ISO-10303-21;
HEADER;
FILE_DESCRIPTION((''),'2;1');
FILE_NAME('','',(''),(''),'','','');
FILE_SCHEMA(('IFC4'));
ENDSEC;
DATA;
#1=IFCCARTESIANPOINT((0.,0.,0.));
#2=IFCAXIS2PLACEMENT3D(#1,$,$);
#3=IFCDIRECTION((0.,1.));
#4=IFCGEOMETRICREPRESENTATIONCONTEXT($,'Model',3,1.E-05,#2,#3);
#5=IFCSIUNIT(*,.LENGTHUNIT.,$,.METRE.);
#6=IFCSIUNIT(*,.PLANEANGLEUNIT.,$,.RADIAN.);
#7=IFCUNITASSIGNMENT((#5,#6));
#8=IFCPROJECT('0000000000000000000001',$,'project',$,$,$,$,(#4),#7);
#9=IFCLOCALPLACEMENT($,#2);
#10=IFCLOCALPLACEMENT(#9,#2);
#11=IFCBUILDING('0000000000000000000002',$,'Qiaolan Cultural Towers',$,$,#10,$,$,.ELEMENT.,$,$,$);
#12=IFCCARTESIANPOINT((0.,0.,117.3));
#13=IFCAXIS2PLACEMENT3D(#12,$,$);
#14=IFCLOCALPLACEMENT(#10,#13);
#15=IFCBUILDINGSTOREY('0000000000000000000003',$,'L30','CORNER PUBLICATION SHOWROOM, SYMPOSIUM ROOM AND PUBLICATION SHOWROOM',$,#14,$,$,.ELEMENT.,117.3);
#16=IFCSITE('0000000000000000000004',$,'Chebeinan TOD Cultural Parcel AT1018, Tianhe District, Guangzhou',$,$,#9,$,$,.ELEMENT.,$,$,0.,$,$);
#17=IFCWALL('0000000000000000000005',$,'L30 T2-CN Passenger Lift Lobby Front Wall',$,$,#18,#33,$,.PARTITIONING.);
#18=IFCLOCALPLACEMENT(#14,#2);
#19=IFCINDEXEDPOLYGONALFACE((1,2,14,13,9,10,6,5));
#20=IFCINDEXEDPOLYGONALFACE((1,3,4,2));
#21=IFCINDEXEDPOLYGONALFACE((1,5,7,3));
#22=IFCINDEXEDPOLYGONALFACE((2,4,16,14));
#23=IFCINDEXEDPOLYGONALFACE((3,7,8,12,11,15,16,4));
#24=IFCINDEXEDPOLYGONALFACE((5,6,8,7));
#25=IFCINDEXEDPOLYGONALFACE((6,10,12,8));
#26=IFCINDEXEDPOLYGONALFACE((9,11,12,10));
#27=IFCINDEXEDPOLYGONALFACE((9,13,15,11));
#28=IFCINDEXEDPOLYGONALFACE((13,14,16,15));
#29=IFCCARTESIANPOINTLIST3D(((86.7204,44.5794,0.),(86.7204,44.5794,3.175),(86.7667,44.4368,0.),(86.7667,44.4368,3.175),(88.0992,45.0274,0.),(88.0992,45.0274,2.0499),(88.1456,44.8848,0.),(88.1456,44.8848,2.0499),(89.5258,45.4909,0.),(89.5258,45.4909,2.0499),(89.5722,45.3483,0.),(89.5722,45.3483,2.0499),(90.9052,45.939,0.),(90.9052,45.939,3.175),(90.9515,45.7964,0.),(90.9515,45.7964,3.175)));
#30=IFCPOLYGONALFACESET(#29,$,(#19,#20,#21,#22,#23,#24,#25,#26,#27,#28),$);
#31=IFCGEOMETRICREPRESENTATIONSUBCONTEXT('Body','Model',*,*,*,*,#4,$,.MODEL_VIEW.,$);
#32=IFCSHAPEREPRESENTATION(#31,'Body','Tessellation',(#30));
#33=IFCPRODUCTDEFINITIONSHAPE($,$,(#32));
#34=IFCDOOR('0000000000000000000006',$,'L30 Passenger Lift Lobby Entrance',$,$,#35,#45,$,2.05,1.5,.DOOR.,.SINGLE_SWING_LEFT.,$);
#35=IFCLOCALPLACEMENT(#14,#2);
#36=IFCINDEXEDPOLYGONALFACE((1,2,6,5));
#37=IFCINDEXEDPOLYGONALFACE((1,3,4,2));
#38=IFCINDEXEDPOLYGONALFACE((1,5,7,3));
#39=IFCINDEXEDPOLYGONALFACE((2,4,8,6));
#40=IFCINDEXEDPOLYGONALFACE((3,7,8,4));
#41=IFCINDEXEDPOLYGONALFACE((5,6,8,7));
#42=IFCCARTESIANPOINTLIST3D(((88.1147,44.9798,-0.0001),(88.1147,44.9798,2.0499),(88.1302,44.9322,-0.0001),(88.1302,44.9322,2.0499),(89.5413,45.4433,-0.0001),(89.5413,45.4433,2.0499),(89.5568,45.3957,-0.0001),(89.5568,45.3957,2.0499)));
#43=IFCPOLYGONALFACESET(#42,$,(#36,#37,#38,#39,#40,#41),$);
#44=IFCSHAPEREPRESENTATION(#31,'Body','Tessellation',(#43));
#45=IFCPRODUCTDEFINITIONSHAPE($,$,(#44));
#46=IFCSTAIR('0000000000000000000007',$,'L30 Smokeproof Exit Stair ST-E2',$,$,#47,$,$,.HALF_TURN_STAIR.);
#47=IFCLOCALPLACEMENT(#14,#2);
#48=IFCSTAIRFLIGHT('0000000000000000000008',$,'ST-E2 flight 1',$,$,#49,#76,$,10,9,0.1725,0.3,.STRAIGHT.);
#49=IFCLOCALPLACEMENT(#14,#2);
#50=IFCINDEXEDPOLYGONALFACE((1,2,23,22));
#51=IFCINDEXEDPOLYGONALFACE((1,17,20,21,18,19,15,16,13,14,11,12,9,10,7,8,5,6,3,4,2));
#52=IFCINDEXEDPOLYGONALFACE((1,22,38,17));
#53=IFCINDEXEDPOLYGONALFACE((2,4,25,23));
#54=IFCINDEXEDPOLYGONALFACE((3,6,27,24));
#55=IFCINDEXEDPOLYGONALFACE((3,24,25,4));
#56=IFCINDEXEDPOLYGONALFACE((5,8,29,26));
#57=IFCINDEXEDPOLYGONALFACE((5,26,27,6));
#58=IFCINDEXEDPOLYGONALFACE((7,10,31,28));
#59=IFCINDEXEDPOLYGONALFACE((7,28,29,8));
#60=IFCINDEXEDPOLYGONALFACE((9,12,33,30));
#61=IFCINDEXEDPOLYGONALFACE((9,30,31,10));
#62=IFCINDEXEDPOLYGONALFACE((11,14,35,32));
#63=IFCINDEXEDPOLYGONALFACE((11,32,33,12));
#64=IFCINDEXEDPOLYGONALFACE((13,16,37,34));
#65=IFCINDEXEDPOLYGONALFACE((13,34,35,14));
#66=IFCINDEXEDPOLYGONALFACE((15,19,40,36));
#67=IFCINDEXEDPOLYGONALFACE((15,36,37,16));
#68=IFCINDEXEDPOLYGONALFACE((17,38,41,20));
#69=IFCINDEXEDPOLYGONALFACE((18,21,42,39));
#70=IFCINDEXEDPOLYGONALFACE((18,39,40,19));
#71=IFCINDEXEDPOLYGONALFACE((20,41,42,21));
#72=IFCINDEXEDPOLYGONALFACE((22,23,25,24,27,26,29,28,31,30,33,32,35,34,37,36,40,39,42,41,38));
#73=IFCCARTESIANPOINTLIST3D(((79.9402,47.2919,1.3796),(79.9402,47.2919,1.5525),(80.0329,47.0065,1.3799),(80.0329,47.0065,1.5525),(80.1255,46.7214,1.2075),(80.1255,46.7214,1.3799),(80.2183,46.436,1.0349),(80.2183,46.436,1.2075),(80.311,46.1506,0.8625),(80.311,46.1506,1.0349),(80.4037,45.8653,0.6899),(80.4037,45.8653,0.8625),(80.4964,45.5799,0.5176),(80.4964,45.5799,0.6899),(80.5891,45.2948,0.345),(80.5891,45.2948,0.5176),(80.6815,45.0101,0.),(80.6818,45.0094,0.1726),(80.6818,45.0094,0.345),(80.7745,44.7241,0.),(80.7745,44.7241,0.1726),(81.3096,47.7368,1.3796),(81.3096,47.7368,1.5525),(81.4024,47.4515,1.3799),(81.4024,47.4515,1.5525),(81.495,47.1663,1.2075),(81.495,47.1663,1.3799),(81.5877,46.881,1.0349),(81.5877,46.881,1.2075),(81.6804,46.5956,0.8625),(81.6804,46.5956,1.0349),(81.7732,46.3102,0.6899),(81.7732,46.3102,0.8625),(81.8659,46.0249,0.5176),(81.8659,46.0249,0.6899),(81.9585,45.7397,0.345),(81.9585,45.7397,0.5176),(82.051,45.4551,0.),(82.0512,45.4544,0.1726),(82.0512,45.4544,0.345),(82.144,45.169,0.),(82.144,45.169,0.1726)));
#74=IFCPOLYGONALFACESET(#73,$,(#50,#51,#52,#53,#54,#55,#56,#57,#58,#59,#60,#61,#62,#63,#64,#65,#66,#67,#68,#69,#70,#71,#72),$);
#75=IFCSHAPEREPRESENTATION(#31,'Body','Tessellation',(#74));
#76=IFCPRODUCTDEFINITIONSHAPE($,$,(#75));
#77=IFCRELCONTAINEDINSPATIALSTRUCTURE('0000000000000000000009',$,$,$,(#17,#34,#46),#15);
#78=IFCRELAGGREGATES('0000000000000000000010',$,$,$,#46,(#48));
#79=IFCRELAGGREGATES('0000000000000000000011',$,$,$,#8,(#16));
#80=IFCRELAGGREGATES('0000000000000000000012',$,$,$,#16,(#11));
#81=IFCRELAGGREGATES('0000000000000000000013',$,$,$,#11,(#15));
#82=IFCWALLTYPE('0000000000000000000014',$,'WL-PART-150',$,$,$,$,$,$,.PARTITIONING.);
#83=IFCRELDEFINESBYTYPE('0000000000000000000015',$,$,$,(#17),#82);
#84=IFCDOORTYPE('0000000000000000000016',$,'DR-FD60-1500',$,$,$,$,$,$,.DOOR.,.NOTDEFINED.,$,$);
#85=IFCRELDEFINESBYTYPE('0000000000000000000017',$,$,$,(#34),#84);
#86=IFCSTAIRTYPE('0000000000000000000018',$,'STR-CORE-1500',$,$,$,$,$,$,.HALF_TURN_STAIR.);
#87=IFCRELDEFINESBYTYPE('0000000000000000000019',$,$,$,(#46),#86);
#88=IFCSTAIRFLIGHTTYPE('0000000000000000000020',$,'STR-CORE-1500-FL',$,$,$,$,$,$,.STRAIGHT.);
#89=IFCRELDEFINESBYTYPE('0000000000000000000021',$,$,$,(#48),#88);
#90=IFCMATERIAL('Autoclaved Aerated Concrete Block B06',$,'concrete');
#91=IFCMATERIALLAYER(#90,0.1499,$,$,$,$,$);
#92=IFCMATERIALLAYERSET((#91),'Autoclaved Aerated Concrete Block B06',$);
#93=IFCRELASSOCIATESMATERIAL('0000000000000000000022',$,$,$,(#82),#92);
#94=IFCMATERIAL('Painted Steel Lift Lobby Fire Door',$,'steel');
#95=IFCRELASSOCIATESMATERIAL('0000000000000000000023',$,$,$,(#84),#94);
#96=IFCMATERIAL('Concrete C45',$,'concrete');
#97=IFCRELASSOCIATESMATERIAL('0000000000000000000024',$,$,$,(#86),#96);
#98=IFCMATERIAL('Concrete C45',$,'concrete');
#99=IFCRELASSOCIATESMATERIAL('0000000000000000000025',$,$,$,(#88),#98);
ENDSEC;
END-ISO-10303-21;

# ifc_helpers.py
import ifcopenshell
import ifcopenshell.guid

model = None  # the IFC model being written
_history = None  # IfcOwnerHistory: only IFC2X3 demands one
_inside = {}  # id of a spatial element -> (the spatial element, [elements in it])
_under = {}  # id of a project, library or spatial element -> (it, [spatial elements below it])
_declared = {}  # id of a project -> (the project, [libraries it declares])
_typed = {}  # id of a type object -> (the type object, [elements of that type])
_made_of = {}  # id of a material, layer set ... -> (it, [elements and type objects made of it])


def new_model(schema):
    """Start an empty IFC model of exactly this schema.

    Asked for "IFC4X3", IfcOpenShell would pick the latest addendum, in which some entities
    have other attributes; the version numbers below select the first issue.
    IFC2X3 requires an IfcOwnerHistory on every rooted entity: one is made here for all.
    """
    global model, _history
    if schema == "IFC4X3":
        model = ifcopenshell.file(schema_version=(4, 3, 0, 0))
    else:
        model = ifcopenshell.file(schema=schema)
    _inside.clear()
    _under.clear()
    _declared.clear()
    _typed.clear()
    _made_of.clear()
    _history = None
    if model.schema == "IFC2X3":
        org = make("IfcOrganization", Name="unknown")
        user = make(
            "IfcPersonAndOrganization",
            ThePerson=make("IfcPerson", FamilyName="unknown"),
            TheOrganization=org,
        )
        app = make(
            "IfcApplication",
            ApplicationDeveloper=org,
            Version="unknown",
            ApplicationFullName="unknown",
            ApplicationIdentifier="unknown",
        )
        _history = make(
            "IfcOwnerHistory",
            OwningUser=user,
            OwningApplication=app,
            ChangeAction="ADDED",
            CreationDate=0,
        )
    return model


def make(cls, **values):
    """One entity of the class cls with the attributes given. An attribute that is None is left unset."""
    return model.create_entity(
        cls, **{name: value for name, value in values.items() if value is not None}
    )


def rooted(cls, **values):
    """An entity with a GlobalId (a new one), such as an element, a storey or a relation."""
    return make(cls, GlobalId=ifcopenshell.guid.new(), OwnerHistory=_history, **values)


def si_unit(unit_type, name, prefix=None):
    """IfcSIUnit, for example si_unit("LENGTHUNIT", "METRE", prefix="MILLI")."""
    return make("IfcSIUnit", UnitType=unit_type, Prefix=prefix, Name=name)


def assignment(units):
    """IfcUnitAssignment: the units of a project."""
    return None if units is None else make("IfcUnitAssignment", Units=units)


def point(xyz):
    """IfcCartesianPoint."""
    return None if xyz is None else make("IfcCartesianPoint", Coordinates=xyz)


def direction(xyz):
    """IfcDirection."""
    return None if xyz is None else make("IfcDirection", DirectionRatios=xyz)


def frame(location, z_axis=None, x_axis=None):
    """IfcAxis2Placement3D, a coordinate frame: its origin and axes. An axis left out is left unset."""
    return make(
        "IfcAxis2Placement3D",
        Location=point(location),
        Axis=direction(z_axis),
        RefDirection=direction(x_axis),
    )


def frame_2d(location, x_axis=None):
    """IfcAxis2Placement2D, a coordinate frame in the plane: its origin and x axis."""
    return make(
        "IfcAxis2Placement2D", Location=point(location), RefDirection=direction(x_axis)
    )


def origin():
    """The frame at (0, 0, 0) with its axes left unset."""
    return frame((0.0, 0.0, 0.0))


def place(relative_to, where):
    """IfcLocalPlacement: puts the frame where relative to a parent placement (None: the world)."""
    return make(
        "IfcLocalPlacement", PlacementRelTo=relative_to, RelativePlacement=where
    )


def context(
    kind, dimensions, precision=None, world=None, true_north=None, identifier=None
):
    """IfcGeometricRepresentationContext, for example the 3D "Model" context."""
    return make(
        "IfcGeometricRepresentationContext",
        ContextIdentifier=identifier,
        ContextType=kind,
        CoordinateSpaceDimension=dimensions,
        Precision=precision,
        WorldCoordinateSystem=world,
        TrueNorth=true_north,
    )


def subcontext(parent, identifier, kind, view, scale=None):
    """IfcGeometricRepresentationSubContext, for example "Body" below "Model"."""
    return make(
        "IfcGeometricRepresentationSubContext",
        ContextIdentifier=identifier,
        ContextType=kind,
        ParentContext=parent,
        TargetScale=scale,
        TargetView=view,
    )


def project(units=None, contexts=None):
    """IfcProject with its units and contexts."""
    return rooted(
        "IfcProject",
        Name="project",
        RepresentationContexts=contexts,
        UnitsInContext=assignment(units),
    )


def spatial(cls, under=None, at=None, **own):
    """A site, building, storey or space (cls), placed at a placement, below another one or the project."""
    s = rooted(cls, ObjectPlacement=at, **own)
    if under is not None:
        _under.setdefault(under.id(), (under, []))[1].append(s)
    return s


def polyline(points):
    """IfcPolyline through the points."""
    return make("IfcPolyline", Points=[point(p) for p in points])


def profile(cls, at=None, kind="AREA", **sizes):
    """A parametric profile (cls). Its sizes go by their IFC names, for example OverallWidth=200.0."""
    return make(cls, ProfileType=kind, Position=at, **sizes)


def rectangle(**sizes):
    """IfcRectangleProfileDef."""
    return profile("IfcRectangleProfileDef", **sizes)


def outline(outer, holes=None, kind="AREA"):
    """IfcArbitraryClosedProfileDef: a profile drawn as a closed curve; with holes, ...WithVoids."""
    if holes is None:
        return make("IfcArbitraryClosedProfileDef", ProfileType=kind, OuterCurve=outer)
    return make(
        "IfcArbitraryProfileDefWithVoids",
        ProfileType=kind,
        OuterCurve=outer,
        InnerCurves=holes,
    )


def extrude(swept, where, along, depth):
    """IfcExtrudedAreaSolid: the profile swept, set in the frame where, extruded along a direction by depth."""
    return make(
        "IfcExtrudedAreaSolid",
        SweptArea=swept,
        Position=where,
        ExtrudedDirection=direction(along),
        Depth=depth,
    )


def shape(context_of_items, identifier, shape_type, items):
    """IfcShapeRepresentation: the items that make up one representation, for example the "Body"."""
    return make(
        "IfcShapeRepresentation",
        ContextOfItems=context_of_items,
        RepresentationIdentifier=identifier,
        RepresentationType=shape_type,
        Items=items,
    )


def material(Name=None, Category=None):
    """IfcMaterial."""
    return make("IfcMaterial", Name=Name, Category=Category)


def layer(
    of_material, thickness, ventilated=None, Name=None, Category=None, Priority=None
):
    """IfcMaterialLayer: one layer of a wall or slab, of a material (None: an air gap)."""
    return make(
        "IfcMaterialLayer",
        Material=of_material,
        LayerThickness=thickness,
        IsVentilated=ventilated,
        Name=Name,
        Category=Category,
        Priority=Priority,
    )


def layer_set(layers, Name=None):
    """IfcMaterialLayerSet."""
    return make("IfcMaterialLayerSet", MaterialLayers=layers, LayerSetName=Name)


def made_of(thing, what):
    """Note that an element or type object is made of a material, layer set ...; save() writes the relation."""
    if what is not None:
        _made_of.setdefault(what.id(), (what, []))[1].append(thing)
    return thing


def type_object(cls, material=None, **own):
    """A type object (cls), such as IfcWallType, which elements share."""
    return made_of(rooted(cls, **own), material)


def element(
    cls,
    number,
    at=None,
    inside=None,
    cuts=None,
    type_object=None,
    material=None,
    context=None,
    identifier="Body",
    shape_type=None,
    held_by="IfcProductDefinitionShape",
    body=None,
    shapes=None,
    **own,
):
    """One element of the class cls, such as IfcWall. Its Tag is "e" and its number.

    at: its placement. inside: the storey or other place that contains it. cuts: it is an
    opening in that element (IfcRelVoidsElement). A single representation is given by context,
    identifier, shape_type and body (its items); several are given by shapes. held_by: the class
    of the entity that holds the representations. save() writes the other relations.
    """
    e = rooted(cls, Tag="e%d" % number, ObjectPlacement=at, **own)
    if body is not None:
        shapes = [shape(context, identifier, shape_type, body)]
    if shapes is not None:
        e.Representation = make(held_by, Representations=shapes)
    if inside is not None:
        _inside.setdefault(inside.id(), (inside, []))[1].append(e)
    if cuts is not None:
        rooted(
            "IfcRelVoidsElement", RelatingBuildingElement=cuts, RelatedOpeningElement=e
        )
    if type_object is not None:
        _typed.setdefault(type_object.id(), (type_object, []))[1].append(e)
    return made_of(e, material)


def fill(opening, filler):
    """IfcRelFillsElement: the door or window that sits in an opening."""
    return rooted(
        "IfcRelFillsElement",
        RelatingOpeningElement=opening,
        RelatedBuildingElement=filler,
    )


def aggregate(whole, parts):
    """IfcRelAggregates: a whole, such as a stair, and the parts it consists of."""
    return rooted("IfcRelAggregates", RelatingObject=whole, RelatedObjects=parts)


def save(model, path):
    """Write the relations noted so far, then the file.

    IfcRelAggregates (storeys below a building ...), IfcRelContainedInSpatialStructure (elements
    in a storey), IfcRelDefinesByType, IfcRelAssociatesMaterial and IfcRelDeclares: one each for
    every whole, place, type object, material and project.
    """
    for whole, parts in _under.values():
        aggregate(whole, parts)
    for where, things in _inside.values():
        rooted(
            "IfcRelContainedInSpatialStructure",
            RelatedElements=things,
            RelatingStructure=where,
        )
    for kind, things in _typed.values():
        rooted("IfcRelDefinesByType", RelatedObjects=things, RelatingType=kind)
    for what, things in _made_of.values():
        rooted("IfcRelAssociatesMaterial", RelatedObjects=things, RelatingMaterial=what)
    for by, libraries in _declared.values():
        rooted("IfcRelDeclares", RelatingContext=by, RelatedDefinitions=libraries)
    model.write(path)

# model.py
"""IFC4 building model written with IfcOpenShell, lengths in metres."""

from ifc_helpers import new_model, si_unit, direction, frame, frame_2d, origin, place, context, subcontext, project, spatial, polyline, rectangle, outline, extrude, material, layer, layer_set, type_object, element, fill, aggregate, save


model = new_model("IFC4")

# Units and contexts
model_context = context("Model", 3, precision=1e-05, world=origin(), true_north=direction((0.0, 1.0)))
body_context = subcontext(model_context, "Body", "Model", "MODEL_VIEW")
ifc_project = project(units=[si_unit("LENGTHUNIT", "METRE"), si_unit("PLANEANGLEUNIT", "RADIAN")], contexts=[model_context])

# Site, building, storey
site_placement = place(None, origin())
site = spatial("IfcSite", under=ifc_project, at=site_placement, Name="Chebeinan TOD Cultural Parcel AT1018, Tianhe District, Guangzhou", CompositionType="ELEMENT", RefElevation=0.0)
building_placement = place(site_placement, origin())
building = spatial("IfcBuilding", under=site, at=building_placement, Name="Qiaolan Cultural Towers", CompositionType="ELEMENT")
storey_placement = place(building_placement, frame((0.0, 0.0, 117.3)))
storey = spatial("IfcBuildingStorey", under=building, at=storey_placement, Name="L30", Description="CORNER PUBLICATION SHOWROOM, SYMPOSIUM ROOM AND PUBLICATION SHOWROOM", CompositionType="ELEMENT", Elevation=117.3)

# Wall, opening, door
ifc_material_1 = material(Name="Autoclaved Aerated Concrete Block B06", Category="concrete")
ifc_layer_1 = layer(ifc_material_1, 0.1499)
ifc_layer_set_1 = layer_set([ifc_layer_1], Name="Autoclaved Aerated Concrete Block B06")
wall_type_1 = type_object("IfcWallType", Name="WL-PART-150", PredefinedType="PARTITIONING", material=ifc_layer_set_1)
wall_1_placement = place(storey_placement, frame((86.7434, 44.5081, 0.0), z_axis=(0.0, 0.0, 1.0), x_axis=(0.951064, 0.308994, 0.0)))
wall_1 = element("IfcWall", 1, at=wall_1_placement, inside=storey, type_object=wall_type_1, Name="L30 T2-CN Passenger Lift Lobby Front Wall", PredefinedType="PARTITIONING", context=body_context, shape_type="SweptSolid", body=[
    extrude(rectangle(XDim=4.4001, YDim=0.1499, at=frame_2d((2.2002, 0.0))), origin(), (0.0, 0.0, 1.0), 3.175),
])
opening_1_placement = place(wall_1_placement, frame((1.45, 0.0, 0.0)))
opening_1 = element("IfcOpeningElement", 2, at=opening_1_placement, cuts=wall_1, PredefinedType="OPENING", context=body_context, shape_type="SweptSolid", body=[
    extrude(rectangle(XDim=1.5, YDim=2.05, at=frame_2d((0.75, 1.0249))), frame((0.0, 0.085, 0.0), z_axis=(0.0, -1.0, 0.0), x_axis=(1.0, 0.0, 0.0)), (0.0, 0.0, 1.0), 0.1699),
])
ifc_material_2 = material(Name="Painted Steel Lift Lobby Fire Door", Category="steel")
door_type_1 = type_object("IfcDoorType", Name="DR-FD60-1500", OperationType="NOTDEFINED", PredefinedType="DOOR", material=ifc_material_2)
door_1_placement = place(opening_1_placement, origin())
door_1 = element("IfcDoor", 3, at=door_1_placement, inside=storey, type_object=door_type_1, Name="L30 Passenger Lift Lobby Entrance", OperationType="SINGLE_SWING_LEFT", OverallHeight=2.05, OverallWidth=1.5, PredefinedType="DOOR", context=body_context, shape_type="SweptSolid", body=[
    extrude(rectangle(XDim=1.5, YDim=2.05, at=frame_2d((0.75, 1.0249))), frame((0.0, 0.0249, 0.0), z_axis=(0.0, -1.0, 0.0), x_axis=(1.0, 0.0, 0.0)), (0.0, 0.0, 1.0), 0.05),
])
fill(opening_1, door_1)

# Stair, stair flight
ifc_material_3 = material(Name="Concrete C45", Category="concrete")
stair_type = type_object("IfcStairType", Name="STR-CORE-1500", PredefinedType="HALF_TURN_STAIR", material=ifc_material_3)
stair_placement = place(storey_placement, origin())
stair = element("IfcStair", 4, at=stair_placement, inside=storey, type_object=stair_type, Name="L30 Smokeproof Exit Stair ST-E2", PredefinedType="HALF_TURN_STAIR")
ifc_material_4 = material(Name="Concrete C45", Category="concrete")
stair_flight_type = type_object("IfcStairFlightType", Name="STR-CORE-1500-FL", PredefinedType="STRAIGHT", material=ifc_material_4)
stair_flight_placement = place(storey_placement, frame((81.4592, 44.9465, 0.0), z_axis=(0.0, 0.0, 1.0), x_axis=(-0.309017, 0.951057, 0.0)))
stair_flight = element("IfcStairFlight", 5, at=stair_flight_placement, type_object=stair_flight_type, Name="ST-E2 flight 1", NumberOfRisers=10, NumberOfTreads=9, PredefinedType="STRAIGHT", RiserHeight=0.1725, TreadLength=0.3, context=body_context, shape_type="SweptSolid", body=[
    extrude(outline(polyline([(0.0, 0.0), (0.0, 0.1726), (0.3, 0.1726), (0.3, 0.345), (0.6001, 0.345), (0.6001, 0.5176), (0.8999, 0.5176), (0.8999, 0.6899), (1.2, 0.6899), (1.2, 0.8625), (1.5, 0.8625), (1.5, 1.0349), (1.8, 1.0349), (1.8, 1.2075), (2.1001, 1.2075), (2.1001, 1.3799), (2.3999, 1.3799), (2.3999, 1.5525), (2.7, 1.5525), (2.7, 1.7251), (2.7, 1.3796), (0.3008, 0.0), (0.0, 0.0)])), frame((0.0, 0.72, 0.0), z_axis=(0.0, -1.0, 0.0), x_axis=(1.0, 0.0, 0.0)), (0.0, 0.0, 1.0), 1.4399),
])
aggregate(stair, [stair_flight])

save(model, "model.ifc")
